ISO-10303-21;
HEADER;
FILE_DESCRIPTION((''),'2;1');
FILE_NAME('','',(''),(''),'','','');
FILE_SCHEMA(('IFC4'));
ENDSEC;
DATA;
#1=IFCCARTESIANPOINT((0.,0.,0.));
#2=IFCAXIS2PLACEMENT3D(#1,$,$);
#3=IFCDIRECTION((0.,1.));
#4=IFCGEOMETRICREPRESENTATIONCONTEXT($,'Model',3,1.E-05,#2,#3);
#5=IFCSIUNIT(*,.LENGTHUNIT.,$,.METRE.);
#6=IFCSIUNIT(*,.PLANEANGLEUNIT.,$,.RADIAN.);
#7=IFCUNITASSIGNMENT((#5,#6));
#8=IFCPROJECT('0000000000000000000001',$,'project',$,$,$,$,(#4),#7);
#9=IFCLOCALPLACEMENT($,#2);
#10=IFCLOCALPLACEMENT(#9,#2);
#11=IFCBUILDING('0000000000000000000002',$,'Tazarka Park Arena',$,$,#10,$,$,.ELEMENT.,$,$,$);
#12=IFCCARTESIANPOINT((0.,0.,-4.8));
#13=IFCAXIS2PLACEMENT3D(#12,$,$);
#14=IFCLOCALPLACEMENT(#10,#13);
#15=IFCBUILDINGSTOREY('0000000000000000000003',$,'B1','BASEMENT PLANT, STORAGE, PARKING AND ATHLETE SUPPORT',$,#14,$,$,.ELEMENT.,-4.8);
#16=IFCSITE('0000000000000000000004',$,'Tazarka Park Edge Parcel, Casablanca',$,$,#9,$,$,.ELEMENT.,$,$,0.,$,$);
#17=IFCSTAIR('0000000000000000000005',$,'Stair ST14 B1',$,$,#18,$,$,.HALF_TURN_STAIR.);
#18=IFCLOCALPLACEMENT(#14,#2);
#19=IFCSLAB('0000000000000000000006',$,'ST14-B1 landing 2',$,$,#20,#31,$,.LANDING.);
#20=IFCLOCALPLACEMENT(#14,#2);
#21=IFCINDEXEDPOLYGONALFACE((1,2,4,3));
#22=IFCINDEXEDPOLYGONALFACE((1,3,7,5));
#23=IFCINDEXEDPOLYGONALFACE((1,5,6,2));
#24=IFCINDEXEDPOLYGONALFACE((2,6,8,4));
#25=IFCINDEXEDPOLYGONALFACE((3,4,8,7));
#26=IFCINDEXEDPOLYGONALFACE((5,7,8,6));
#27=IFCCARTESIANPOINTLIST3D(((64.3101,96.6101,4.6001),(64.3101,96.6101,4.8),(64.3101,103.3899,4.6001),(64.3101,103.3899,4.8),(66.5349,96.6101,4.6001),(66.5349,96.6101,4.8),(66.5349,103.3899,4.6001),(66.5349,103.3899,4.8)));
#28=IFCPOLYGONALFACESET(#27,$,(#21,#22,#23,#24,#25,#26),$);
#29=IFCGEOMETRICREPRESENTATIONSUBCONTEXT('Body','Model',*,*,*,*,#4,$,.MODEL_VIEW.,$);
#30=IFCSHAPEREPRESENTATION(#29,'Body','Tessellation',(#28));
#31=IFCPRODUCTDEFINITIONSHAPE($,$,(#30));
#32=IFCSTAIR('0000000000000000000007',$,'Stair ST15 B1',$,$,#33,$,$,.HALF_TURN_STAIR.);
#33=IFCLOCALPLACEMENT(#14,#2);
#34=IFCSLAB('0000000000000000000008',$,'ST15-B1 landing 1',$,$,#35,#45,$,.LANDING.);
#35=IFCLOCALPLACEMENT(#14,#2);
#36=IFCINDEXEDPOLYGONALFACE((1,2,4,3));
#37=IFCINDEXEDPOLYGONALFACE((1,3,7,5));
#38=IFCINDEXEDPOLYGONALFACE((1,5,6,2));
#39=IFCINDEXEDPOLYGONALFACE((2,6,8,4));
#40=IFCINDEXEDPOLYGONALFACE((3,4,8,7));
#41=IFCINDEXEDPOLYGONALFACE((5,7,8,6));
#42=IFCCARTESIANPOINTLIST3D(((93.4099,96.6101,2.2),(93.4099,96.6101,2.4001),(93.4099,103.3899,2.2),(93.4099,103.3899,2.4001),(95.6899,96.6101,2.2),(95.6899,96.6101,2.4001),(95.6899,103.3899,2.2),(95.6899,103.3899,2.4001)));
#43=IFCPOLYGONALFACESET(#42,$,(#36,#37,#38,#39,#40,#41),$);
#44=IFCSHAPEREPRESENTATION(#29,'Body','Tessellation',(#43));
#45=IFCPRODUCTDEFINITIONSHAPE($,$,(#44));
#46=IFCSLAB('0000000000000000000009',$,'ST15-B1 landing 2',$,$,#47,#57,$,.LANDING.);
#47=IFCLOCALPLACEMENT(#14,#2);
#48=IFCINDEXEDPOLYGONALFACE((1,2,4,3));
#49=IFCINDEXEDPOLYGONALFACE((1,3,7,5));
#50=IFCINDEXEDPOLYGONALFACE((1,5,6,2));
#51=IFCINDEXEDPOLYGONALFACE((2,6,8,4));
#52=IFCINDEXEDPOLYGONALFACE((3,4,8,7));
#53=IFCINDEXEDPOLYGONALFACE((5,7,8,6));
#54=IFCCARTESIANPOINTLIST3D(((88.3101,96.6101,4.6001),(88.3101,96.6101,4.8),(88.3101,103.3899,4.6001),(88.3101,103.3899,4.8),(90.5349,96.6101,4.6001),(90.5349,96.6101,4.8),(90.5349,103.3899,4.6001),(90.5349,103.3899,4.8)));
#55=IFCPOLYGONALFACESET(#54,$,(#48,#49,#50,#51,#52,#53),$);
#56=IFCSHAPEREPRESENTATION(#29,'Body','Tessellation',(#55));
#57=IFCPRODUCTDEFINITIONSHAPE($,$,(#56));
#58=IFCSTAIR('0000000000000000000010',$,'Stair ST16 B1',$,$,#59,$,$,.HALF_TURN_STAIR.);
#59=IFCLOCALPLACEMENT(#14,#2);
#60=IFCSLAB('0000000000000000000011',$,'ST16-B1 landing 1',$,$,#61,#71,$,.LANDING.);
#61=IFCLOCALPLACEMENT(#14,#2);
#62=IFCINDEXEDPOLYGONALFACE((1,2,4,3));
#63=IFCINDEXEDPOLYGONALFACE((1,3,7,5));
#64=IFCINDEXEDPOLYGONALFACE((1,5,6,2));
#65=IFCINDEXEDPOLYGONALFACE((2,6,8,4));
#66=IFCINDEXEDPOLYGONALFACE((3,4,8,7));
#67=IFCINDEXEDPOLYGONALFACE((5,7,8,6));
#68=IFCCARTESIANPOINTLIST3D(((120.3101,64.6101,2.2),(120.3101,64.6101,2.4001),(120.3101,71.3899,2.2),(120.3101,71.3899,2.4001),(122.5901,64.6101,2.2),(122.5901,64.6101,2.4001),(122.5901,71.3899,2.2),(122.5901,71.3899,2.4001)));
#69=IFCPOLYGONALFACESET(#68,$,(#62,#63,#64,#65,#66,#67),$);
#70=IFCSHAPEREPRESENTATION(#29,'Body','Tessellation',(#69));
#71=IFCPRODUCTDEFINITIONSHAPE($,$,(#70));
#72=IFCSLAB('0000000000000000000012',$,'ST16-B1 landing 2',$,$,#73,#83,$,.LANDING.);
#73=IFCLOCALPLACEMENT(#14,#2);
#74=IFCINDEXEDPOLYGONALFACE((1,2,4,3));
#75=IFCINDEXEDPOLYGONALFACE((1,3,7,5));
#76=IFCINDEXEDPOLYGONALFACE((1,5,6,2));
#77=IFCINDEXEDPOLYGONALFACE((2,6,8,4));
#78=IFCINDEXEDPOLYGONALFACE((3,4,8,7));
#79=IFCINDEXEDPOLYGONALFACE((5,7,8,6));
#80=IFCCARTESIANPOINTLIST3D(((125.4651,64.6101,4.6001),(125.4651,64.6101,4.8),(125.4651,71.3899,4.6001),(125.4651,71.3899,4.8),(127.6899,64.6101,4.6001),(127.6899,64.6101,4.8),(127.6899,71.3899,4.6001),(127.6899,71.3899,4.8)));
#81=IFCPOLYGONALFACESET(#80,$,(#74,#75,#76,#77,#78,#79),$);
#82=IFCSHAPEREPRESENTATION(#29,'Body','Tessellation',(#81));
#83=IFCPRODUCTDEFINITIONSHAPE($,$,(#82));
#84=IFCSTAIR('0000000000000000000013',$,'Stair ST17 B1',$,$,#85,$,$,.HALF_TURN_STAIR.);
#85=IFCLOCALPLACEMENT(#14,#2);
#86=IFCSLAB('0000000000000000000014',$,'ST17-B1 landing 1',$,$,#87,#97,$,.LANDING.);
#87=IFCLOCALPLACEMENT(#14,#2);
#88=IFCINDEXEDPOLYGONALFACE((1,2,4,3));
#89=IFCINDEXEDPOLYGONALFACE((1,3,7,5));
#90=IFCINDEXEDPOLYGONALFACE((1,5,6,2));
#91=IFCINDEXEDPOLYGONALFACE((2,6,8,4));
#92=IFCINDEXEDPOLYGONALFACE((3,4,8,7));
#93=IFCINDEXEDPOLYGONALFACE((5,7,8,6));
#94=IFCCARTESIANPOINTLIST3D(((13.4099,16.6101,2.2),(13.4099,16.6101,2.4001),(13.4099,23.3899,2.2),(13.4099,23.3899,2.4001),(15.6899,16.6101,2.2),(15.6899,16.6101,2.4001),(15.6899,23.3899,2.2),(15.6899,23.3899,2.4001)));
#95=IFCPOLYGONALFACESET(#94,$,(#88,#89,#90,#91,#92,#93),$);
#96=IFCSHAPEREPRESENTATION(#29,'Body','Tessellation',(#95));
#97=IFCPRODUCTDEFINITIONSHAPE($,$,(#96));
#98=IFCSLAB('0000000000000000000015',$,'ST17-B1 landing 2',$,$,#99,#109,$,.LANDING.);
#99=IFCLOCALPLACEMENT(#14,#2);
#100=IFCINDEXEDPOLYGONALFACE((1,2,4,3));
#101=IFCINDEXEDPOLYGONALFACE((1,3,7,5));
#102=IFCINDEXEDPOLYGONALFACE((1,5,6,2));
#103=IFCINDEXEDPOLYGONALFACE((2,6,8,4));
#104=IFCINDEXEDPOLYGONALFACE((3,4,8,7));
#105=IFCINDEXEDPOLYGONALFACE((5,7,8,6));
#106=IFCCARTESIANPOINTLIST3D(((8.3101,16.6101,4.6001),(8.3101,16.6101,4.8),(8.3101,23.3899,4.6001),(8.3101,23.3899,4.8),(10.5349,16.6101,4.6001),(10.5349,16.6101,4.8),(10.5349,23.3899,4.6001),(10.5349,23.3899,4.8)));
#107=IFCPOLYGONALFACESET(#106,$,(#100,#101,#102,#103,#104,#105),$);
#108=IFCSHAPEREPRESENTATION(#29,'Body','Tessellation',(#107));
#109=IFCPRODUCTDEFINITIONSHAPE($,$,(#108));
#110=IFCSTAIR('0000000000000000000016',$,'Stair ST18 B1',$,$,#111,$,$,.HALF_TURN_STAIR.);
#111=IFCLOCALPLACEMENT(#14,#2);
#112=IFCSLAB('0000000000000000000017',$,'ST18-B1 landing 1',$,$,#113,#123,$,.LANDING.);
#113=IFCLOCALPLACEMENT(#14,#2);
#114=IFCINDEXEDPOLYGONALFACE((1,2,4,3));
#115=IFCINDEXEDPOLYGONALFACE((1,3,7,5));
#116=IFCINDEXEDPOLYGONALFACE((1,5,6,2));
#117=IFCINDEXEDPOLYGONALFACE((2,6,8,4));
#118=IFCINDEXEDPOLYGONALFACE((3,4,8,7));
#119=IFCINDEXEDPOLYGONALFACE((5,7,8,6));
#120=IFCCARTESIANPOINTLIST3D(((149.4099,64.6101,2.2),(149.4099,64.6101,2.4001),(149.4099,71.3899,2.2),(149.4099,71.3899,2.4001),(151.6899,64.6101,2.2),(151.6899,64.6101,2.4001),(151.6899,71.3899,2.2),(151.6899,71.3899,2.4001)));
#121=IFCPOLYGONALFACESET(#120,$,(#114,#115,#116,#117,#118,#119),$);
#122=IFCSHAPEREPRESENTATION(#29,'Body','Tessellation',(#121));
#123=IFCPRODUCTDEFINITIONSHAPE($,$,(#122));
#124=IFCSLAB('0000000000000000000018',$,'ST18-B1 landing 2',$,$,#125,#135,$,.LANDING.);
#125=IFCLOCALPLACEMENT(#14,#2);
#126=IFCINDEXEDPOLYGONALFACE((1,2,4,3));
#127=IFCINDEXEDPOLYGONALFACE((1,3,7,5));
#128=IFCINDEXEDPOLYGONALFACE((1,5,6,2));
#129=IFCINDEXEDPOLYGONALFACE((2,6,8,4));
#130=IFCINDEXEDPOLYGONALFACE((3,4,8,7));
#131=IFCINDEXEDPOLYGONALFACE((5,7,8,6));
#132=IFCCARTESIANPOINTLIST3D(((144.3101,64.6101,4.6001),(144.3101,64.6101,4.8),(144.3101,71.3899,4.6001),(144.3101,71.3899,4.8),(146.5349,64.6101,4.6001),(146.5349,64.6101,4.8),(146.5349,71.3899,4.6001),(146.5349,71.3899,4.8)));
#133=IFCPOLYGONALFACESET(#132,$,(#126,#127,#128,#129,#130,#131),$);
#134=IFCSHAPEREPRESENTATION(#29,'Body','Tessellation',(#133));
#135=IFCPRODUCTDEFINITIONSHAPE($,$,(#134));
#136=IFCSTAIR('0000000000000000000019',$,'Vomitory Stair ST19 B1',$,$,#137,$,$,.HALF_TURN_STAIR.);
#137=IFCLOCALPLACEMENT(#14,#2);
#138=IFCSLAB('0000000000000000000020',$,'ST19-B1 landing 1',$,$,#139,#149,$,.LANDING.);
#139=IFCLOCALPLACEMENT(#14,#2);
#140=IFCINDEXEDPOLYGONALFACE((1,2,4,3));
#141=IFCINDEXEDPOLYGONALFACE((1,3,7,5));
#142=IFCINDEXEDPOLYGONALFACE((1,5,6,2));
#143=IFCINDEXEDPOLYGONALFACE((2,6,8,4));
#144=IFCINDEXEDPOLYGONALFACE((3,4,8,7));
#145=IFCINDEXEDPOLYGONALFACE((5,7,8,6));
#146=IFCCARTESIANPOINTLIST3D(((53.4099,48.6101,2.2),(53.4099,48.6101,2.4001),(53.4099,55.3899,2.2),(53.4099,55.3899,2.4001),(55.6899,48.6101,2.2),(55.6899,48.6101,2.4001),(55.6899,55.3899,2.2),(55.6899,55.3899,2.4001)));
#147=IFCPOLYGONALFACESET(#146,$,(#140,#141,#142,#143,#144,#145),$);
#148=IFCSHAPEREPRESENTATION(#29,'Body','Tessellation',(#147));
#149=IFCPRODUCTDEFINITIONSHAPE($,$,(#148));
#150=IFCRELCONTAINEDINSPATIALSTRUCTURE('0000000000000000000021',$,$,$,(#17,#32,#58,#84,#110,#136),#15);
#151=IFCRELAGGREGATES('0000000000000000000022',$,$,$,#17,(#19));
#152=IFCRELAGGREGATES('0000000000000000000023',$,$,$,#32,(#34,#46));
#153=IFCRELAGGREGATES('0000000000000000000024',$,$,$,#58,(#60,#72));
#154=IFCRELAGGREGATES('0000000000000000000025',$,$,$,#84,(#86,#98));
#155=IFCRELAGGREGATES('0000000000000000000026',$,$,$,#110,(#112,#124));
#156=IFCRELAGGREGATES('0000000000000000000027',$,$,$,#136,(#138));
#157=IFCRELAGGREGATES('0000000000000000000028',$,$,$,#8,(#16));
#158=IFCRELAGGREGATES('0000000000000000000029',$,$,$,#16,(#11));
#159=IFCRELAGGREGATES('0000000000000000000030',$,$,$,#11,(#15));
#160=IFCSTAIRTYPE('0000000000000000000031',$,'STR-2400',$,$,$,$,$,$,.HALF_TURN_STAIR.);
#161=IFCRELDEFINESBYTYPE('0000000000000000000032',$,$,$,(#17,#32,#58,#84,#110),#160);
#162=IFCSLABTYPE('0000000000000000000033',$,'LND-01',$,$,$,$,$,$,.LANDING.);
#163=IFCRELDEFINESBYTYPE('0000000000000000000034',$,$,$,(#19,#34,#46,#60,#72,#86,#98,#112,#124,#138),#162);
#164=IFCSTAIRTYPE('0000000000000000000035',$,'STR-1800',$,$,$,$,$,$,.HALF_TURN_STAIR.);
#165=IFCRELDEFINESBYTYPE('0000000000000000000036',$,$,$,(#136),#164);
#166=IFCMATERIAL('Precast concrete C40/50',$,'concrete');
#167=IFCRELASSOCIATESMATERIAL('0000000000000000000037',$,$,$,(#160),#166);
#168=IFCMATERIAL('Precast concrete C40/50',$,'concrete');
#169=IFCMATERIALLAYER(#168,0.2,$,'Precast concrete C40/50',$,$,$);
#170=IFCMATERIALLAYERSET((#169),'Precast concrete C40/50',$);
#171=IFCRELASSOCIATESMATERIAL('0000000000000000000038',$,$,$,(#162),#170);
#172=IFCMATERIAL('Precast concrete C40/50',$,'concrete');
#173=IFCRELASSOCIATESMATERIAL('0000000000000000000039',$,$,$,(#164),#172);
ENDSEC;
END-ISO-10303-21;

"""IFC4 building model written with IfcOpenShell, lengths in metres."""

from ifc_helpers import new_model, si_unit, direction, frame, origin, place, context, subcontext, project, spatial, polyline, outline, extrude, material, layer, layer_set, type_object, element, aggregate, save


model = new_model("IFC4")

# Units and contexts
model_context = context("Model", 3, precision=1e-05, world=origin(), true_north=direction((0.0, 1.0)))
body_context = subcontext(model_context, "Body", "Model", "MODEL_VIEW")
ifc_project = project(units=[si_unit("LENGTHUNIT", "METRE"), si_unit("PLANEANGLEUNIT", "RADIAN")], contexts=[model_context])

# Site, building, storey
site_placement = place(None, origin())
site = spatial("IfcSite", under=ifc_project, at=site_placement, Name="Tazarka Park Edge Parcel, Casablanca", CompositionType="ELEMENT", RefElevation=0.0)
building_placement = place(site_placement, origin())
building = spatial("IfcBuilding", under=site, at=building_placement, Name="Tazarka Park Arena", CompositionType="ELEMENT")
storey_placement = place(building_placement, frame((0.0, 0.0, -4.8)))
storey = spatial("IfcBuildingStorey", under=building, at=storey_placement, Name="B1", Description="BASEMENT PLANT, STORAGE, PARKING AND ATHLETE SUPPORT", CompositionType="ELEMENT", Elevation=-4.8)

# Stairs, slabs
ifc_material_1 = material(Name="Precast concrete C40/50", Category="concrete")
stair_type_1 = type_object("IfcStairType", Name="STR-2400", PredefinedType="HALF_TURN_STAIR", material=ifc_material_1)
ifc_material_2 = material(Name="Precast concrete C40/50", Category="concrete")
ifc_layer = layer(ifc_material_2, 0.2, Name="Precast concrete C40/50")
ifc_layer_set = layer_set([ifc_layer], Name="Precast concrete C40/50")
slab_type = type_object("IfcSlabType", Name="LND-01", PredefinedType="LANDING", material=ifc_layer_set)
stair_1_placement = place(storey_placement, origin())
stair_1 = element("IfcStair", 1, at=stair_1_placement, inside=storey, type_object=stair_type_1, Name="Stair ST14 B1", PredefinedType="HALF_TURN_STAIR")
slab_1_placement = place(storey_placement, frame((0.0, 0.0, 4.6001)))
slab_1 = element("IfcSlab", 2, at=slab_1_placement, type_object=slab_type, Name="ST14-B1 landing 2", PredefinedType="LANDING", context=body_context, shape_type="SweptSolid", body=[
    extrude(outline(polyline([(64.3101, 96.6101), (66.5349, 96.6101), (66.5349, 103.3899), (64.3101, 103.3899), (64.3101, 96.6101)])), origin(), (0.0, 0.0, 1.0), 0.2),
])
aggregate(stair_1, [slab_1])
stair_2_placement = place(storey_placement, origin())
stair_2 = element("IfcStair", 3, at=stair_2_placement, inside=storey, type_object=stair_type_1, Name="Stair ST15 B1", PredefinedType="HALF_TURN_STAIR")
slab_2_placement = place(storey_placement, frame((0.0, 0.0, 2.2)))
slab_2 = element("IfcSlab", 4, at=slab_2_placement, type_object=slab_type, Name="ST15-B1 landing 1", PredefinedType="LANDING", context=body_context, shape_type="SweptSolid", body=[
    extrude(outline(polyline([(93.4099, 96.6101), (95.6899, 96.6101), (95.6899, 103.3899), (93.4099, 103.3899), (93.4099, 96.6101)])), origin(), (0.0, 0.0, 1.0), 0.2002),
])
slab_3_placement = place(storey_placement, frame((0.0, 0.0, 4.6001)))
slab_3 = element("IfcSlab", 5, at=slab_3_placement, type_object=slab_type, Name="ST15-B1 landing 2", PredefinedType="LANDING", context=body_context, shape_type="SweptSolid", body=[
    extrude(outline(polyline([(88.3101, 96.6101), (90.5349, 96.6101), (90.5349, 103.3899), (88.3101, 103.3899), (88.3101, 96.6101)])), origin(), (0.0, 0.0, 1.0), 0.2),
])
aggregate(stair_2, [slab_2, slab_3])
stair_3_placement = place(storey_placement, origin())
stair_3 = element("IfcStair", 6, at=stair_3_placement, inside=storey, type_object=stair_type_1, Name="Stair ST16 B1", PredefinedType="HALF_TURN_STAIR")
slab_4_placement = place(storey_placement, frame((0.0, 0.0, 2.2)))
slab_4 = element("IfcSlab", 7, at=slab_4_placement, type_object=slab_type, Name="ST16-B1 landing 1", PredefinedType="LANDING", context=body_context, shape_type="SweptSolid", body=[
    extrude(outline(polyline([(120.3101, 64.6101), (122.5901, 64.6101), (122.5901, 71.3899), (120.3101, 71.3899), (120.3101, 64.6101)])), origin(), (0.0, 0.0, 1.0), 0.2002),
])
slab_5_placement = place(storey_placement, frame((0.0, 0.0, 4.6001)))
slab_5 = element("IfcSlab", 8, at=slab_5_placement, type_object=slab_type, Name="ST16-B1 landing 2", PredefinedType="LANDING", context=body_context, shape_type="SweptSolid", body=[
    extrude(outline(polyline([(125.4651, 64.6101), (127.6899, 64.6101), (127.6899, 71.3899), (125.4651, 71.3899), (125.4651, 64.6101)])), origin(), (0.0, 0.0, 1.0), 0.2),
])
aggregate(stair_3, [slab_4, slab_5])
stair_4_placement = place(storey_placement, origin())
stair_4 = element("IfcStair", 9, at=stair_4_placement, inside=storey, type_object=stair_type_1, Name="Stair ST17 B1", PredefinedType="HALF_TURN_STAIR")
slab_6_placement = place(storey_placement, frame((0.0, 0.0, 2.2)))
slab_6 = element("IfcSlab", 10, at=slab_6_placement, type_object=slab_type, Name="ST17-B1 landing 1", PredefinedType="LANDING", context=body_context, shape_type="SweptSolid", body=[
    extrude(outline(polyline([(13.4099, 16.6101), (15.6899, 16.6101), (15.6899, 23.3899), (13.4099, 23.3899), (13.4099, 16.6101)])), origin(), (0.0, 0.0, 1.0), 0.2002),
])
slab_7_placement = place(storey_placement, frame((0.0, 0.0, 4.6001)))
slab_7 = element("IfcSlab", 11, at=slab_7_placement, type_object=slab_type, Name="ST17-B1 landing 2", PredefinedType="LANDING", context=body_context, shape_type="SweptSolid", body=[
    extrude(outline(polyline([(8.3101, 16.6101), (10.5349, 16.6101), (10.5349, 23.3899), (8.3101, 23.3899), (8.3101, 16.6101)])), origin(), (0.0, 0.0, 1.0), 0.2),
])
aggregate(stair_4, [slab_6, slab_7])
stair_5_placement = place(storey_placement, origin())
stair_5 = element("IfcStair", 12, at=stair_5_placement, inside=storey, type_object=stair_type_1, Name="Stair ST18 B1", PredefinedType="HALF_TURN_STAIR")
slab_8_placement = place(storey_placement, frame((0.0, 0.0, 2.2)))
slab_8 = element("IfcSlab", 13, at=slab_8_placement, type_object=slab_type, Name="ST18-B1 landing 1", PredefinedType="LANDING", context=body_context, shape_type="SweptSolid", body=[
    extrude(outline(polyline([(149.4099, 64.6101), (151.6899, 64.6101), (151.6899, 71.3899), (149.4099, 71.3899), (149.4099, 64.6101)])), origin(), (0.0, 0.0, 1.0), 0.2002),
])
slab_9_placement = place(storey_placement, frame((0.0, 0.0, 4.6001)))
slab_9 = element("IfcSlab", 14, at=slab_9_placement, type_object=slab_type, Name="ST18-B1 landing 2", PredefinedType="LANDING", context=body_context, shape_type="SweptSolid", body=[
    extrude(outline(polyline([(144.3101, 64.6101), (146.5349, 64.6101), (146.5349, 71.3899), (144.3101, 71.3899), (144.3101, 64.6101)])), origin(), (0.0, 0.0, 1.0), 0.2),
])
aggregate(stair_5, [slab_8, slab_9])

# Stair, slab
ifc_material_3 = material(Name="Precast concrete C40/50", Category="concrete")
stair_type_2 = type_object("IfcStairType", Name="STR-1800", PredefinedType="HALF_TURN_STAIR", material=ifc_material_3)
stair_6_placement = place(storey_placement, origin())
stair_6 = element("IfcStair", 15, at=stair_6_placement, inside=storey, type_object=stair_type_2, Name="Vomitory Stair ST19 B1", PredefinedType="HALF_TURN_STAIR")
slab_10_placement = place(storey_placement, frame((0.0, 0.0, 2.2)))
slab_10 = element("IfcSlab", 16, at=slab_10_placement, type_object=slab_type, Name="ST19-B1 landing 1", PredefinedType="LANDING", context=body_context, shape_type="SweptSolid", body=[
    extrude(outline(polyline([(53.4099, 48.6101), (55.6899, 48.6101), (55.6899, 55.3899), (53.4099, 55.3899), (53.4099, 48.6101)])), origin(), (0.0, 0.0, 1.0), 0.2002),
])
aggregate(stair_6, [slab_10])

save(model, "model.ifc")
